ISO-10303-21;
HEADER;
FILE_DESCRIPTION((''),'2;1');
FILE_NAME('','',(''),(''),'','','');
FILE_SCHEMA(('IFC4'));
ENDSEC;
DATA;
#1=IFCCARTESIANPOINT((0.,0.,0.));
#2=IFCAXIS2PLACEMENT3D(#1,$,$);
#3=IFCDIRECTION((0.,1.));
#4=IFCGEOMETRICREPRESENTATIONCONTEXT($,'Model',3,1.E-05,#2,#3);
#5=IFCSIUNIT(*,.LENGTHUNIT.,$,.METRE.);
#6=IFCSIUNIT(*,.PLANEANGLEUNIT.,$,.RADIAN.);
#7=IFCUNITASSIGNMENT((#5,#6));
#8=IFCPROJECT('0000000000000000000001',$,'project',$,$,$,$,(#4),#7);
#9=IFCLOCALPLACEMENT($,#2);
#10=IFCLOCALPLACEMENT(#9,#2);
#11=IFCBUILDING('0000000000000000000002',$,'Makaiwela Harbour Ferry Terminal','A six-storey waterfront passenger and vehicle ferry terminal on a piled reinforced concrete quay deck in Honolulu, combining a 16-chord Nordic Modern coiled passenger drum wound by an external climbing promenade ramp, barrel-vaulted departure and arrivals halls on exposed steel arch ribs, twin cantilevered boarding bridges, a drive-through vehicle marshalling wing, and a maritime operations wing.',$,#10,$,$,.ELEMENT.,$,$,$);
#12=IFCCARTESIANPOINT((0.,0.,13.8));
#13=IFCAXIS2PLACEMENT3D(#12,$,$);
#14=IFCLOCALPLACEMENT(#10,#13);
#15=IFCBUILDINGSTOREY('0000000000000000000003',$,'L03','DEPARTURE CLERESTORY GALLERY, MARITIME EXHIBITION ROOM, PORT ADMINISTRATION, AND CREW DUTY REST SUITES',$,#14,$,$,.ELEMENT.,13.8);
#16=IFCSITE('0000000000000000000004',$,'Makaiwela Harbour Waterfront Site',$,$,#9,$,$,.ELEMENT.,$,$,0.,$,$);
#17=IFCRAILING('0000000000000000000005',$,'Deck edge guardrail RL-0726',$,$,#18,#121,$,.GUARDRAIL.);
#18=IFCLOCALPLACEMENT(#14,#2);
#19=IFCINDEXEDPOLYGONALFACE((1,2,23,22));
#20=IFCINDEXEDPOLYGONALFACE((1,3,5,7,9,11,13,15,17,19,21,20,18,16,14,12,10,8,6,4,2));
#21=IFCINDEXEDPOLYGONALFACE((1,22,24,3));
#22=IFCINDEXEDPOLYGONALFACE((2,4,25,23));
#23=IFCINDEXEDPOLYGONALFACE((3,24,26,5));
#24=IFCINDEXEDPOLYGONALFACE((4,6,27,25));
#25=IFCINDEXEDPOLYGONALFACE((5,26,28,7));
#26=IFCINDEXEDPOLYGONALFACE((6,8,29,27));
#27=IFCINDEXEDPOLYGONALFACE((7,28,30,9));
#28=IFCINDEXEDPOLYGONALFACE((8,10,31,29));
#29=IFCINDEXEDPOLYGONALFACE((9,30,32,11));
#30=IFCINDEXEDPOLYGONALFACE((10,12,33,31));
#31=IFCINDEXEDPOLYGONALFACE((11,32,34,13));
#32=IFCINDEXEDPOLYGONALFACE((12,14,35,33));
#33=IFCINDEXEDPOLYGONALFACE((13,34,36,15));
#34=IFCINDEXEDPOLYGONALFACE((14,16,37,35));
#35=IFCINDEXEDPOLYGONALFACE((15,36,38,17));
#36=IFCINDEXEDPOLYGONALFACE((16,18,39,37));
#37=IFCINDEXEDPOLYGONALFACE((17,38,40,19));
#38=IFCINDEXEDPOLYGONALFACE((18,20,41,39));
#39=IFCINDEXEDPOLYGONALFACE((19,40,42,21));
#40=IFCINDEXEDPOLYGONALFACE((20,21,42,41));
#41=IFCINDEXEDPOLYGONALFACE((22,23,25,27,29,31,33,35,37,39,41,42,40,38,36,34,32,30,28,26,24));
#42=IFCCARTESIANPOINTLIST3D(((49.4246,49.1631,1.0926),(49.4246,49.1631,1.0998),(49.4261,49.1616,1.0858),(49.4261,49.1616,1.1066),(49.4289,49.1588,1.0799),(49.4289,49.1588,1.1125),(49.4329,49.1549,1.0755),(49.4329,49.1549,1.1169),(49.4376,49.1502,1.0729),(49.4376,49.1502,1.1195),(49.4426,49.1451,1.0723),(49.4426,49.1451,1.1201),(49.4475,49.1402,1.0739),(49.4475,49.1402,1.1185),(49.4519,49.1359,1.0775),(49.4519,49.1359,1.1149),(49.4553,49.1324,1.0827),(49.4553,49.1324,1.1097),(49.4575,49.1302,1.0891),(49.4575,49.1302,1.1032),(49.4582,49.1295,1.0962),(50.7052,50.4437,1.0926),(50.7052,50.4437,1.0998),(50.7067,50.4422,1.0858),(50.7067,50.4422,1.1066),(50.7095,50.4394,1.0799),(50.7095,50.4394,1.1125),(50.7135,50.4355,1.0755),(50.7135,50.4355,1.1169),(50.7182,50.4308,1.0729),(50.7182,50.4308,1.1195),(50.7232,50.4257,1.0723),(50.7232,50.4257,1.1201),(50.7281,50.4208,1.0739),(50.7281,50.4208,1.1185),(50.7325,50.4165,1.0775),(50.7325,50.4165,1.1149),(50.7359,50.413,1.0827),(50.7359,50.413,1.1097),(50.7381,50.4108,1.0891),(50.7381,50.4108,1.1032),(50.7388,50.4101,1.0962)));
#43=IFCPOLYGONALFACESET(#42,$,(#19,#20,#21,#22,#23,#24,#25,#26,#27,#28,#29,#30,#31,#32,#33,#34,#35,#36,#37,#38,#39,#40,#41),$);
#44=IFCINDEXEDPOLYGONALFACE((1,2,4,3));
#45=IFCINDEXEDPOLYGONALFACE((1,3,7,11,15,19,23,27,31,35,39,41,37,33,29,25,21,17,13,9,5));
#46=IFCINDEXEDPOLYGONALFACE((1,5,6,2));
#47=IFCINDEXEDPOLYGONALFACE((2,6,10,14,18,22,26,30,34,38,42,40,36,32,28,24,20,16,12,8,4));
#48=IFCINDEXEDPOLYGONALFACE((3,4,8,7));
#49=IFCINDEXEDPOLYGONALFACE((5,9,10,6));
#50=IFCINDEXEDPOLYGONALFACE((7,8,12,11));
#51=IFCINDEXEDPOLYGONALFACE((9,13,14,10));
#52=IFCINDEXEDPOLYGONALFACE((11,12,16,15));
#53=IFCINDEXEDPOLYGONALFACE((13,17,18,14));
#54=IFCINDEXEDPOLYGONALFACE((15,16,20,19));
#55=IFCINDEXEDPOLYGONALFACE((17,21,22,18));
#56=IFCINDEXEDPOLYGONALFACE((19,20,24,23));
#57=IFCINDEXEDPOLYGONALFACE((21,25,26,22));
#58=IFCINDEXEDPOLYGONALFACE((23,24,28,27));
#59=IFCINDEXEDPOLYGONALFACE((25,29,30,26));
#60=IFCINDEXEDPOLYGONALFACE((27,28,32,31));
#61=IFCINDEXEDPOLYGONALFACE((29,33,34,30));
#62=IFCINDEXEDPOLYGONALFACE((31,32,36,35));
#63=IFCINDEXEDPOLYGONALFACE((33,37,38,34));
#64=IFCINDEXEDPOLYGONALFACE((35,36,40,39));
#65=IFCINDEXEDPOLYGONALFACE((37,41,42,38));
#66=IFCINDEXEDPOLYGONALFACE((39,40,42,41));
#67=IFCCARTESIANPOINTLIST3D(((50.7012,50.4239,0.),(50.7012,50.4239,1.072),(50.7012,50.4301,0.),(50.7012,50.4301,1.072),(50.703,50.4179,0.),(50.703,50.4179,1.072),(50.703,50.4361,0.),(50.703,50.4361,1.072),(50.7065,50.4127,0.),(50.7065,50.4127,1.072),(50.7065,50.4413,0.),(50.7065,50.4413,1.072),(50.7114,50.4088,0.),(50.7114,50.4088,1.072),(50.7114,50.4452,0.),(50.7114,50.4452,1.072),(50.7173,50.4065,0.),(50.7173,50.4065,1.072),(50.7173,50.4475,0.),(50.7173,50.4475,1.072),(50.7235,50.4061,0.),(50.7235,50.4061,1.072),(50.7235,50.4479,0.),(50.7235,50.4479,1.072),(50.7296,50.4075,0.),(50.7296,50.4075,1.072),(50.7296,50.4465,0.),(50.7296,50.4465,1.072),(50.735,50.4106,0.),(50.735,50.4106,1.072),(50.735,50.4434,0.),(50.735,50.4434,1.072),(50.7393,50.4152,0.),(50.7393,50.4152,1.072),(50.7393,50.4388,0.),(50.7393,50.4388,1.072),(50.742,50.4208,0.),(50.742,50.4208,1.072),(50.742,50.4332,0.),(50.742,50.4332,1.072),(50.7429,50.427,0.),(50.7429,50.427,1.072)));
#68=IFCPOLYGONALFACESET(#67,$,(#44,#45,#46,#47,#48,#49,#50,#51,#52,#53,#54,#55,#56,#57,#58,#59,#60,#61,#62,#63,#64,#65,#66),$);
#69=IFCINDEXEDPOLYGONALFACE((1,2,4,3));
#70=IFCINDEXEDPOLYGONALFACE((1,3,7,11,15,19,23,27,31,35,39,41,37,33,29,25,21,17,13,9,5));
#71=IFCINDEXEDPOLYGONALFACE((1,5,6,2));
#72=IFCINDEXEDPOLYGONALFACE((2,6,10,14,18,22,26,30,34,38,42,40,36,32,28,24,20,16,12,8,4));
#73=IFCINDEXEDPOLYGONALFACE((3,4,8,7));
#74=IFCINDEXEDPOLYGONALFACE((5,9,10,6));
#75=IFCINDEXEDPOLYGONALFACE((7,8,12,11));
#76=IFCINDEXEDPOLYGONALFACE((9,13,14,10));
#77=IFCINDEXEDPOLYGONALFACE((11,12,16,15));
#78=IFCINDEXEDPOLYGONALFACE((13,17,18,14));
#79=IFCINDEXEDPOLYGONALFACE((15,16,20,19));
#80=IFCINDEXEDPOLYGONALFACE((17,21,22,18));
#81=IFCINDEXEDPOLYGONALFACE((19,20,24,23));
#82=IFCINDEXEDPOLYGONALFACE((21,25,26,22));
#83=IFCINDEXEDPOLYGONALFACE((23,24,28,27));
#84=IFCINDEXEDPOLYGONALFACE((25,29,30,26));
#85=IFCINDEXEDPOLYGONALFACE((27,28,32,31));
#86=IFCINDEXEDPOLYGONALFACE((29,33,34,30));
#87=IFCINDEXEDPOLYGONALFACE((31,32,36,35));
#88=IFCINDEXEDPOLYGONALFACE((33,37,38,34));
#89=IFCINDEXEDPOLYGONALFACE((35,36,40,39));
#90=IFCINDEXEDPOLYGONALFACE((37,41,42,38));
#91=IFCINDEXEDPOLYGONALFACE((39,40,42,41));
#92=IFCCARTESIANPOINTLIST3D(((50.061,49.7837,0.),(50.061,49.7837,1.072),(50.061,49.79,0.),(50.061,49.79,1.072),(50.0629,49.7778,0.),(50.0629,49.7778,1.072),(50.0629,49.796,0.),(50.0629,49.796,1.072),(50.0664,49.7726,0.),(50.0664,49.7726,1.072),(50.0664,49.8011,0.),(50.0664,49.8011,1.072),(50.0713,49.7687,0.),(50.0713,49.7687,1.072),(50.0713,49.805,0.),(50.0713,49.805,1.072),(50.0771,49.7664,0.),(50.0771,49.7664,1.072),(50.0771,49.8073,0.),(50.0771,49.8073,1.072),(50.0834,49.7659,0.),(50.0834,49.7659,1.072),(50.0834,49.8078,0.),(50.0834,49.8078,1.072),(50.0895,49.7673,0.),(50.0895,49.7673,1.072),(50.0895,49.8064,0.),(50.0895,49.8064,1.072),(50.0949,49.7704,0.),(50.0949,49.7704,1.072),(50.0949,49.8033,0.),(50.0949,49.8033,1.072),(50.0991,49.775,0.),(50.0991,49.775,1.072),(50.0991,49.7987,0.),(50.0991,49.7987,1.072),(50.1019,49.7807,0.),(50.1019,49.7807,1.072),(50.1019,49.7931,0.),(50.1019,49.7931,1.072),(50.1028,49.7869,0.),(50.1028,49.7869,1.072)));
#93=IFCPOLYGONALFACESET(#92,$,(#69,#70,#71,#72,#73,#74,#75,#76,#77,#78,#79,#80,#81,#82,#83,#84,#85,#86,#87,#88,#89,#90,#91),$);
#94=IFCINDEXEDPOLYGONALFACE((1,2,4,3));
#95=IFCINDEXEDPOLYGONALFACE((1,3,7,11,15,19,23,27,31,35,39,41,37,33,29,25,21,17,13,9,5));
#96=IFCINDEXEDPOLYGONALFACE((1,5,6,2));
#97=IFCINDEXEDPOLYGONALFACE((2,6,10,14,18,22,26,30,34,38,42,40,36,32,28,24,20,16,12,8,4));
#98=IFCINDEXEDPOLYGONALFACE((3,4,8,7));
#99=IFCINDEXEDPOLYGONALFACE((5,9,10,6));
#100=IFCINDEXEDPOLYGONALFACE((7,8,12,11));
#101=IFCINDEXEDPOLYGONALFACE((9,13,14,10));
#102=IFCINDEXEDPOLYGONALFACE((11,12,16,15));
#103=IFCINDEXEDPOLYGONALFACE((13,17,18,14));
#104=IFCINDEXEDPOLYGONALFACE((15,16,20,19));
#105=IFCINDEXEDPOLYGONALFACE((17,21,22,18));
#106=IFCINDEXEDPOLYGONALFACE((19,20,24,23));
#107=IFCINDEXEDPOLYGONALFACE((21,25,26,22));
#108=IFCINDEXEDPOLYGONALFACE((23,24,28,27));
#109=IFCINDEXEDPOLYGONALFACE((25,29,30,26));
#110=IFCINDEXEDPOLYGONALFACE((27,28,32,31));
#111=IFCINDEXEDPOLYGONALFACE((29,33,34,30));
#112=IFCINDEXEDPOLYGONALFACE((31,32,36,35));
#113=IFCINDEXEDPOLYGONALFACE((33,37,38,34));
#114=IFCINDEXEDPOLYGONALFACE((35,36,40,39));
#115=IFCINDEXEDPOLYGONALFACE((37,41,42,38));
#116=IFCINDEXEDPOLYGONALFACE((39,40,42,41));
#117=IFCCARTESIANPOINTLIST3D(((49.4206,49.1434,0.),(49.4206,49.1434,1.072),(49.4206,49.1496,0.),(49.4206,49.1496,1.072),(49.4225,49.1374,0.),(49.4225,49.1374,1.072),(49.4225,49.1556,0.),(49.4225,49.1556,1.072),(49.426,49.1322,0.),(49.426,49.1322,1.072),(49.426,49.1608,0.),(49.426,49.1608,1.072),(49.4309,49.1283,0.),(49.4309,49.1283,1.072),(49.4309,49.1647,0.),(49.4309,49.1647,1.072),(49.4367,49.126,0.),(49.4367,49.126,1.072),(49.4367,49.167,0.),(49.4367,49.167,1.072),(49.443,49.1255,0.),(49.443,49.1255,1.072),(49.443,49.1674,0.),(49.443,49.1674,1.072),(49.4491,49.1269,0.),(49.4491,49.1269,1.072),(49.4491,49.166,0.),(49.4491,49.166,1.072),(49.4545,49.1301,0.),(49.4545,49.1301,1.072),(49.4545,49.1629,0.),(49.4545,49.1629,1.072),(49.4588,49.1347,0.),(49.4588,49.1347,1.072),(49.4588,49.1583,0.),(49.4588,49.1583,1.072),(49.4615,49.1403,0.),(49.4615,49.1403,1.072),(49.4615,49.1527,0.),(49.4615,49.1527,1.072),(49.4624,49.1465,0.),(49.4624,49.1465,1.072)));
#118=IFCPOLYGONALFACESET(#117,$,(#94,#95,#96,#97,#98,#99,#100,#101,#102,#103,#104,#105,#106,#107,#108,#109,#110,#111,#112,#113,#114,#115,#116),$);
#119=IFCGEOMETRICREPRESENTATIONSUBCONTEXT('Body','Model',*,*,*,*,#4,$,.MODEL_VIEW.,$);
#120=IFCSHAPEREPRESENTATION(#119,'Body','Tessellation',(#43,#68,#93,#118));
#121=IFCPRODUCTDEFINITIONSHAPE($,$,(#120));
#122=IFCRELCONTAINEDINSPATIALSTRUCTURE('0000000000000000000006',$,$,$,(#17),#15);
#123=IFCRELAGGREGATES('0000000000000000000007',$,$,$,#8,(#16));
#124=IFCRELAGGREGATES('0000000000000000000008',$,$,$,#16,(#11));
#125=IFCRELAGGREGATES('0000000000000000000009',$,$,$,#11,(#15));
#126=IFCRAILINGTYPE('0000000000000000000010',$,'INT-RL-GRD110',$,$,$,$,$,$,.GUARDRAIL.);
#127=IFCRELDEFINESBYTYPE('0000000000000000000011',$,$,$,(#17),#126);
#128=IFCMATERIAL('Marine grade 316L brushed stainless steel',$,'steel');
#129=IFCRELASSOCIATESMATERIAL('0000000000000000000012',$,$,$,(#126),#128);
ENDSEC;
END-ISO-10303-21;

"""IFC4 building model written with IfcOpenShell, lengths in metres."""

from ifc_helpers import new_model, si_unit, direction, frame, origin, origin_2d, place, context, subcontext, project, spatial, circle, extrude, material, type_object, element, save


model = new_model("IFC4")

# Units and contexts
model_context = context("Model", 3, precision=1e-05, world=origin(), true_north=direction((0.0, 1.0)))
body_context = subcontext(model_context, "Body", "Model", "MODEL_VIEW")
ifc_project = project(units=[si_unit("LENGTHUNIT", "METRE"), si_unit("PLANEANGLEUNIT", "RADIAN")], contexts=[model_context])

# Site, building, storey
site_placement = place(None, origin())
site = spatial("IfcSite", under=ifc_project, at=site_placement, Name="Makaiwela Harbour Waterfront Site", CompositionType="ELEMENT", RefElevation=0.0)
building_placement = place(site_placement, origin())
building = spatial("IfcBuilding", under=site, at=building_placement, Name="Makaiwela Harbour Ferry Terminal", Description="A six-storey waterfront passenger and vehicle ferry terminal on a piled reinforced concrete quay deck in Honolulu, combining a 16-chord Nordic Modern coiled passenger drum wound by an external climbing promenade ramp, barrel-vaulted departure and arrivals halls on exposed steel arch ribs, twin cantilevered boarding bridges, a drive-through vehicle marshalling wing, and a maritime operations wing.", CompositionType="ELEMENT")
storey_placement = place(building_placement, frame((0.0, 0.0, 13.8)))
storey = spatial("IfcBuildingStorey", under=building, at=storey_placement, Name="L03", Description="DEPARTURE CLERESTORY GALLERY, MARITIME EXHIBITION ROOM, PORT ADMINISTRATION, AND CREW DUTY REST SUITES", CompositionType="ELEMENT", Elevation=13.8)

# Railing
ifc_material_1 = material(Name="Marine grade 316L brushed stainless steel", Category="steel")
railing_type = type_object("IfcRailingType", Name="INT-RL-GRD110", PredefinedType="GUARDRAIL", material=ifc_material_1)
railing_1_placement = place(storey_placement, frame((50.7219, 50.427, 0.0)))
element("IfcRailing", 1, at=railing_1_placement, inside=storey, type_object=railing_type, Name="Deck edge guardrail RL-0726", PredefinedType="GUARDRAIL", context=body_context, shape_type="SweptSolid", body=[
    extrude(circle(Radius=0.0239, at=origin_2d()), frame((0.0, 0.0, 1.0962), z_axis=(-0.707107, -0.707107, 0.0), x_axis=(0.707107, -0.707107, 0.0)), (0.0, 0.0, 1.0), 1.811),
    extrude(circle(Radius=0.021, at=origin_2d()), origin(), (0.0, 0.0, 1.0), 1.072),
    extrude(circle(Radius=0.021, at=origin_2d()), frame((-0.6401, -0.6401, 0.0)), (0.0, 0.0, 1.0), 1.072),
    extrude(circle(Radius=0.021, at=origin_2d()), frame((-1.2805, -1.2805, 0.0)), (0.0, 0.0, 1.0), 1.072),
])

save(model, "model.ifc")
